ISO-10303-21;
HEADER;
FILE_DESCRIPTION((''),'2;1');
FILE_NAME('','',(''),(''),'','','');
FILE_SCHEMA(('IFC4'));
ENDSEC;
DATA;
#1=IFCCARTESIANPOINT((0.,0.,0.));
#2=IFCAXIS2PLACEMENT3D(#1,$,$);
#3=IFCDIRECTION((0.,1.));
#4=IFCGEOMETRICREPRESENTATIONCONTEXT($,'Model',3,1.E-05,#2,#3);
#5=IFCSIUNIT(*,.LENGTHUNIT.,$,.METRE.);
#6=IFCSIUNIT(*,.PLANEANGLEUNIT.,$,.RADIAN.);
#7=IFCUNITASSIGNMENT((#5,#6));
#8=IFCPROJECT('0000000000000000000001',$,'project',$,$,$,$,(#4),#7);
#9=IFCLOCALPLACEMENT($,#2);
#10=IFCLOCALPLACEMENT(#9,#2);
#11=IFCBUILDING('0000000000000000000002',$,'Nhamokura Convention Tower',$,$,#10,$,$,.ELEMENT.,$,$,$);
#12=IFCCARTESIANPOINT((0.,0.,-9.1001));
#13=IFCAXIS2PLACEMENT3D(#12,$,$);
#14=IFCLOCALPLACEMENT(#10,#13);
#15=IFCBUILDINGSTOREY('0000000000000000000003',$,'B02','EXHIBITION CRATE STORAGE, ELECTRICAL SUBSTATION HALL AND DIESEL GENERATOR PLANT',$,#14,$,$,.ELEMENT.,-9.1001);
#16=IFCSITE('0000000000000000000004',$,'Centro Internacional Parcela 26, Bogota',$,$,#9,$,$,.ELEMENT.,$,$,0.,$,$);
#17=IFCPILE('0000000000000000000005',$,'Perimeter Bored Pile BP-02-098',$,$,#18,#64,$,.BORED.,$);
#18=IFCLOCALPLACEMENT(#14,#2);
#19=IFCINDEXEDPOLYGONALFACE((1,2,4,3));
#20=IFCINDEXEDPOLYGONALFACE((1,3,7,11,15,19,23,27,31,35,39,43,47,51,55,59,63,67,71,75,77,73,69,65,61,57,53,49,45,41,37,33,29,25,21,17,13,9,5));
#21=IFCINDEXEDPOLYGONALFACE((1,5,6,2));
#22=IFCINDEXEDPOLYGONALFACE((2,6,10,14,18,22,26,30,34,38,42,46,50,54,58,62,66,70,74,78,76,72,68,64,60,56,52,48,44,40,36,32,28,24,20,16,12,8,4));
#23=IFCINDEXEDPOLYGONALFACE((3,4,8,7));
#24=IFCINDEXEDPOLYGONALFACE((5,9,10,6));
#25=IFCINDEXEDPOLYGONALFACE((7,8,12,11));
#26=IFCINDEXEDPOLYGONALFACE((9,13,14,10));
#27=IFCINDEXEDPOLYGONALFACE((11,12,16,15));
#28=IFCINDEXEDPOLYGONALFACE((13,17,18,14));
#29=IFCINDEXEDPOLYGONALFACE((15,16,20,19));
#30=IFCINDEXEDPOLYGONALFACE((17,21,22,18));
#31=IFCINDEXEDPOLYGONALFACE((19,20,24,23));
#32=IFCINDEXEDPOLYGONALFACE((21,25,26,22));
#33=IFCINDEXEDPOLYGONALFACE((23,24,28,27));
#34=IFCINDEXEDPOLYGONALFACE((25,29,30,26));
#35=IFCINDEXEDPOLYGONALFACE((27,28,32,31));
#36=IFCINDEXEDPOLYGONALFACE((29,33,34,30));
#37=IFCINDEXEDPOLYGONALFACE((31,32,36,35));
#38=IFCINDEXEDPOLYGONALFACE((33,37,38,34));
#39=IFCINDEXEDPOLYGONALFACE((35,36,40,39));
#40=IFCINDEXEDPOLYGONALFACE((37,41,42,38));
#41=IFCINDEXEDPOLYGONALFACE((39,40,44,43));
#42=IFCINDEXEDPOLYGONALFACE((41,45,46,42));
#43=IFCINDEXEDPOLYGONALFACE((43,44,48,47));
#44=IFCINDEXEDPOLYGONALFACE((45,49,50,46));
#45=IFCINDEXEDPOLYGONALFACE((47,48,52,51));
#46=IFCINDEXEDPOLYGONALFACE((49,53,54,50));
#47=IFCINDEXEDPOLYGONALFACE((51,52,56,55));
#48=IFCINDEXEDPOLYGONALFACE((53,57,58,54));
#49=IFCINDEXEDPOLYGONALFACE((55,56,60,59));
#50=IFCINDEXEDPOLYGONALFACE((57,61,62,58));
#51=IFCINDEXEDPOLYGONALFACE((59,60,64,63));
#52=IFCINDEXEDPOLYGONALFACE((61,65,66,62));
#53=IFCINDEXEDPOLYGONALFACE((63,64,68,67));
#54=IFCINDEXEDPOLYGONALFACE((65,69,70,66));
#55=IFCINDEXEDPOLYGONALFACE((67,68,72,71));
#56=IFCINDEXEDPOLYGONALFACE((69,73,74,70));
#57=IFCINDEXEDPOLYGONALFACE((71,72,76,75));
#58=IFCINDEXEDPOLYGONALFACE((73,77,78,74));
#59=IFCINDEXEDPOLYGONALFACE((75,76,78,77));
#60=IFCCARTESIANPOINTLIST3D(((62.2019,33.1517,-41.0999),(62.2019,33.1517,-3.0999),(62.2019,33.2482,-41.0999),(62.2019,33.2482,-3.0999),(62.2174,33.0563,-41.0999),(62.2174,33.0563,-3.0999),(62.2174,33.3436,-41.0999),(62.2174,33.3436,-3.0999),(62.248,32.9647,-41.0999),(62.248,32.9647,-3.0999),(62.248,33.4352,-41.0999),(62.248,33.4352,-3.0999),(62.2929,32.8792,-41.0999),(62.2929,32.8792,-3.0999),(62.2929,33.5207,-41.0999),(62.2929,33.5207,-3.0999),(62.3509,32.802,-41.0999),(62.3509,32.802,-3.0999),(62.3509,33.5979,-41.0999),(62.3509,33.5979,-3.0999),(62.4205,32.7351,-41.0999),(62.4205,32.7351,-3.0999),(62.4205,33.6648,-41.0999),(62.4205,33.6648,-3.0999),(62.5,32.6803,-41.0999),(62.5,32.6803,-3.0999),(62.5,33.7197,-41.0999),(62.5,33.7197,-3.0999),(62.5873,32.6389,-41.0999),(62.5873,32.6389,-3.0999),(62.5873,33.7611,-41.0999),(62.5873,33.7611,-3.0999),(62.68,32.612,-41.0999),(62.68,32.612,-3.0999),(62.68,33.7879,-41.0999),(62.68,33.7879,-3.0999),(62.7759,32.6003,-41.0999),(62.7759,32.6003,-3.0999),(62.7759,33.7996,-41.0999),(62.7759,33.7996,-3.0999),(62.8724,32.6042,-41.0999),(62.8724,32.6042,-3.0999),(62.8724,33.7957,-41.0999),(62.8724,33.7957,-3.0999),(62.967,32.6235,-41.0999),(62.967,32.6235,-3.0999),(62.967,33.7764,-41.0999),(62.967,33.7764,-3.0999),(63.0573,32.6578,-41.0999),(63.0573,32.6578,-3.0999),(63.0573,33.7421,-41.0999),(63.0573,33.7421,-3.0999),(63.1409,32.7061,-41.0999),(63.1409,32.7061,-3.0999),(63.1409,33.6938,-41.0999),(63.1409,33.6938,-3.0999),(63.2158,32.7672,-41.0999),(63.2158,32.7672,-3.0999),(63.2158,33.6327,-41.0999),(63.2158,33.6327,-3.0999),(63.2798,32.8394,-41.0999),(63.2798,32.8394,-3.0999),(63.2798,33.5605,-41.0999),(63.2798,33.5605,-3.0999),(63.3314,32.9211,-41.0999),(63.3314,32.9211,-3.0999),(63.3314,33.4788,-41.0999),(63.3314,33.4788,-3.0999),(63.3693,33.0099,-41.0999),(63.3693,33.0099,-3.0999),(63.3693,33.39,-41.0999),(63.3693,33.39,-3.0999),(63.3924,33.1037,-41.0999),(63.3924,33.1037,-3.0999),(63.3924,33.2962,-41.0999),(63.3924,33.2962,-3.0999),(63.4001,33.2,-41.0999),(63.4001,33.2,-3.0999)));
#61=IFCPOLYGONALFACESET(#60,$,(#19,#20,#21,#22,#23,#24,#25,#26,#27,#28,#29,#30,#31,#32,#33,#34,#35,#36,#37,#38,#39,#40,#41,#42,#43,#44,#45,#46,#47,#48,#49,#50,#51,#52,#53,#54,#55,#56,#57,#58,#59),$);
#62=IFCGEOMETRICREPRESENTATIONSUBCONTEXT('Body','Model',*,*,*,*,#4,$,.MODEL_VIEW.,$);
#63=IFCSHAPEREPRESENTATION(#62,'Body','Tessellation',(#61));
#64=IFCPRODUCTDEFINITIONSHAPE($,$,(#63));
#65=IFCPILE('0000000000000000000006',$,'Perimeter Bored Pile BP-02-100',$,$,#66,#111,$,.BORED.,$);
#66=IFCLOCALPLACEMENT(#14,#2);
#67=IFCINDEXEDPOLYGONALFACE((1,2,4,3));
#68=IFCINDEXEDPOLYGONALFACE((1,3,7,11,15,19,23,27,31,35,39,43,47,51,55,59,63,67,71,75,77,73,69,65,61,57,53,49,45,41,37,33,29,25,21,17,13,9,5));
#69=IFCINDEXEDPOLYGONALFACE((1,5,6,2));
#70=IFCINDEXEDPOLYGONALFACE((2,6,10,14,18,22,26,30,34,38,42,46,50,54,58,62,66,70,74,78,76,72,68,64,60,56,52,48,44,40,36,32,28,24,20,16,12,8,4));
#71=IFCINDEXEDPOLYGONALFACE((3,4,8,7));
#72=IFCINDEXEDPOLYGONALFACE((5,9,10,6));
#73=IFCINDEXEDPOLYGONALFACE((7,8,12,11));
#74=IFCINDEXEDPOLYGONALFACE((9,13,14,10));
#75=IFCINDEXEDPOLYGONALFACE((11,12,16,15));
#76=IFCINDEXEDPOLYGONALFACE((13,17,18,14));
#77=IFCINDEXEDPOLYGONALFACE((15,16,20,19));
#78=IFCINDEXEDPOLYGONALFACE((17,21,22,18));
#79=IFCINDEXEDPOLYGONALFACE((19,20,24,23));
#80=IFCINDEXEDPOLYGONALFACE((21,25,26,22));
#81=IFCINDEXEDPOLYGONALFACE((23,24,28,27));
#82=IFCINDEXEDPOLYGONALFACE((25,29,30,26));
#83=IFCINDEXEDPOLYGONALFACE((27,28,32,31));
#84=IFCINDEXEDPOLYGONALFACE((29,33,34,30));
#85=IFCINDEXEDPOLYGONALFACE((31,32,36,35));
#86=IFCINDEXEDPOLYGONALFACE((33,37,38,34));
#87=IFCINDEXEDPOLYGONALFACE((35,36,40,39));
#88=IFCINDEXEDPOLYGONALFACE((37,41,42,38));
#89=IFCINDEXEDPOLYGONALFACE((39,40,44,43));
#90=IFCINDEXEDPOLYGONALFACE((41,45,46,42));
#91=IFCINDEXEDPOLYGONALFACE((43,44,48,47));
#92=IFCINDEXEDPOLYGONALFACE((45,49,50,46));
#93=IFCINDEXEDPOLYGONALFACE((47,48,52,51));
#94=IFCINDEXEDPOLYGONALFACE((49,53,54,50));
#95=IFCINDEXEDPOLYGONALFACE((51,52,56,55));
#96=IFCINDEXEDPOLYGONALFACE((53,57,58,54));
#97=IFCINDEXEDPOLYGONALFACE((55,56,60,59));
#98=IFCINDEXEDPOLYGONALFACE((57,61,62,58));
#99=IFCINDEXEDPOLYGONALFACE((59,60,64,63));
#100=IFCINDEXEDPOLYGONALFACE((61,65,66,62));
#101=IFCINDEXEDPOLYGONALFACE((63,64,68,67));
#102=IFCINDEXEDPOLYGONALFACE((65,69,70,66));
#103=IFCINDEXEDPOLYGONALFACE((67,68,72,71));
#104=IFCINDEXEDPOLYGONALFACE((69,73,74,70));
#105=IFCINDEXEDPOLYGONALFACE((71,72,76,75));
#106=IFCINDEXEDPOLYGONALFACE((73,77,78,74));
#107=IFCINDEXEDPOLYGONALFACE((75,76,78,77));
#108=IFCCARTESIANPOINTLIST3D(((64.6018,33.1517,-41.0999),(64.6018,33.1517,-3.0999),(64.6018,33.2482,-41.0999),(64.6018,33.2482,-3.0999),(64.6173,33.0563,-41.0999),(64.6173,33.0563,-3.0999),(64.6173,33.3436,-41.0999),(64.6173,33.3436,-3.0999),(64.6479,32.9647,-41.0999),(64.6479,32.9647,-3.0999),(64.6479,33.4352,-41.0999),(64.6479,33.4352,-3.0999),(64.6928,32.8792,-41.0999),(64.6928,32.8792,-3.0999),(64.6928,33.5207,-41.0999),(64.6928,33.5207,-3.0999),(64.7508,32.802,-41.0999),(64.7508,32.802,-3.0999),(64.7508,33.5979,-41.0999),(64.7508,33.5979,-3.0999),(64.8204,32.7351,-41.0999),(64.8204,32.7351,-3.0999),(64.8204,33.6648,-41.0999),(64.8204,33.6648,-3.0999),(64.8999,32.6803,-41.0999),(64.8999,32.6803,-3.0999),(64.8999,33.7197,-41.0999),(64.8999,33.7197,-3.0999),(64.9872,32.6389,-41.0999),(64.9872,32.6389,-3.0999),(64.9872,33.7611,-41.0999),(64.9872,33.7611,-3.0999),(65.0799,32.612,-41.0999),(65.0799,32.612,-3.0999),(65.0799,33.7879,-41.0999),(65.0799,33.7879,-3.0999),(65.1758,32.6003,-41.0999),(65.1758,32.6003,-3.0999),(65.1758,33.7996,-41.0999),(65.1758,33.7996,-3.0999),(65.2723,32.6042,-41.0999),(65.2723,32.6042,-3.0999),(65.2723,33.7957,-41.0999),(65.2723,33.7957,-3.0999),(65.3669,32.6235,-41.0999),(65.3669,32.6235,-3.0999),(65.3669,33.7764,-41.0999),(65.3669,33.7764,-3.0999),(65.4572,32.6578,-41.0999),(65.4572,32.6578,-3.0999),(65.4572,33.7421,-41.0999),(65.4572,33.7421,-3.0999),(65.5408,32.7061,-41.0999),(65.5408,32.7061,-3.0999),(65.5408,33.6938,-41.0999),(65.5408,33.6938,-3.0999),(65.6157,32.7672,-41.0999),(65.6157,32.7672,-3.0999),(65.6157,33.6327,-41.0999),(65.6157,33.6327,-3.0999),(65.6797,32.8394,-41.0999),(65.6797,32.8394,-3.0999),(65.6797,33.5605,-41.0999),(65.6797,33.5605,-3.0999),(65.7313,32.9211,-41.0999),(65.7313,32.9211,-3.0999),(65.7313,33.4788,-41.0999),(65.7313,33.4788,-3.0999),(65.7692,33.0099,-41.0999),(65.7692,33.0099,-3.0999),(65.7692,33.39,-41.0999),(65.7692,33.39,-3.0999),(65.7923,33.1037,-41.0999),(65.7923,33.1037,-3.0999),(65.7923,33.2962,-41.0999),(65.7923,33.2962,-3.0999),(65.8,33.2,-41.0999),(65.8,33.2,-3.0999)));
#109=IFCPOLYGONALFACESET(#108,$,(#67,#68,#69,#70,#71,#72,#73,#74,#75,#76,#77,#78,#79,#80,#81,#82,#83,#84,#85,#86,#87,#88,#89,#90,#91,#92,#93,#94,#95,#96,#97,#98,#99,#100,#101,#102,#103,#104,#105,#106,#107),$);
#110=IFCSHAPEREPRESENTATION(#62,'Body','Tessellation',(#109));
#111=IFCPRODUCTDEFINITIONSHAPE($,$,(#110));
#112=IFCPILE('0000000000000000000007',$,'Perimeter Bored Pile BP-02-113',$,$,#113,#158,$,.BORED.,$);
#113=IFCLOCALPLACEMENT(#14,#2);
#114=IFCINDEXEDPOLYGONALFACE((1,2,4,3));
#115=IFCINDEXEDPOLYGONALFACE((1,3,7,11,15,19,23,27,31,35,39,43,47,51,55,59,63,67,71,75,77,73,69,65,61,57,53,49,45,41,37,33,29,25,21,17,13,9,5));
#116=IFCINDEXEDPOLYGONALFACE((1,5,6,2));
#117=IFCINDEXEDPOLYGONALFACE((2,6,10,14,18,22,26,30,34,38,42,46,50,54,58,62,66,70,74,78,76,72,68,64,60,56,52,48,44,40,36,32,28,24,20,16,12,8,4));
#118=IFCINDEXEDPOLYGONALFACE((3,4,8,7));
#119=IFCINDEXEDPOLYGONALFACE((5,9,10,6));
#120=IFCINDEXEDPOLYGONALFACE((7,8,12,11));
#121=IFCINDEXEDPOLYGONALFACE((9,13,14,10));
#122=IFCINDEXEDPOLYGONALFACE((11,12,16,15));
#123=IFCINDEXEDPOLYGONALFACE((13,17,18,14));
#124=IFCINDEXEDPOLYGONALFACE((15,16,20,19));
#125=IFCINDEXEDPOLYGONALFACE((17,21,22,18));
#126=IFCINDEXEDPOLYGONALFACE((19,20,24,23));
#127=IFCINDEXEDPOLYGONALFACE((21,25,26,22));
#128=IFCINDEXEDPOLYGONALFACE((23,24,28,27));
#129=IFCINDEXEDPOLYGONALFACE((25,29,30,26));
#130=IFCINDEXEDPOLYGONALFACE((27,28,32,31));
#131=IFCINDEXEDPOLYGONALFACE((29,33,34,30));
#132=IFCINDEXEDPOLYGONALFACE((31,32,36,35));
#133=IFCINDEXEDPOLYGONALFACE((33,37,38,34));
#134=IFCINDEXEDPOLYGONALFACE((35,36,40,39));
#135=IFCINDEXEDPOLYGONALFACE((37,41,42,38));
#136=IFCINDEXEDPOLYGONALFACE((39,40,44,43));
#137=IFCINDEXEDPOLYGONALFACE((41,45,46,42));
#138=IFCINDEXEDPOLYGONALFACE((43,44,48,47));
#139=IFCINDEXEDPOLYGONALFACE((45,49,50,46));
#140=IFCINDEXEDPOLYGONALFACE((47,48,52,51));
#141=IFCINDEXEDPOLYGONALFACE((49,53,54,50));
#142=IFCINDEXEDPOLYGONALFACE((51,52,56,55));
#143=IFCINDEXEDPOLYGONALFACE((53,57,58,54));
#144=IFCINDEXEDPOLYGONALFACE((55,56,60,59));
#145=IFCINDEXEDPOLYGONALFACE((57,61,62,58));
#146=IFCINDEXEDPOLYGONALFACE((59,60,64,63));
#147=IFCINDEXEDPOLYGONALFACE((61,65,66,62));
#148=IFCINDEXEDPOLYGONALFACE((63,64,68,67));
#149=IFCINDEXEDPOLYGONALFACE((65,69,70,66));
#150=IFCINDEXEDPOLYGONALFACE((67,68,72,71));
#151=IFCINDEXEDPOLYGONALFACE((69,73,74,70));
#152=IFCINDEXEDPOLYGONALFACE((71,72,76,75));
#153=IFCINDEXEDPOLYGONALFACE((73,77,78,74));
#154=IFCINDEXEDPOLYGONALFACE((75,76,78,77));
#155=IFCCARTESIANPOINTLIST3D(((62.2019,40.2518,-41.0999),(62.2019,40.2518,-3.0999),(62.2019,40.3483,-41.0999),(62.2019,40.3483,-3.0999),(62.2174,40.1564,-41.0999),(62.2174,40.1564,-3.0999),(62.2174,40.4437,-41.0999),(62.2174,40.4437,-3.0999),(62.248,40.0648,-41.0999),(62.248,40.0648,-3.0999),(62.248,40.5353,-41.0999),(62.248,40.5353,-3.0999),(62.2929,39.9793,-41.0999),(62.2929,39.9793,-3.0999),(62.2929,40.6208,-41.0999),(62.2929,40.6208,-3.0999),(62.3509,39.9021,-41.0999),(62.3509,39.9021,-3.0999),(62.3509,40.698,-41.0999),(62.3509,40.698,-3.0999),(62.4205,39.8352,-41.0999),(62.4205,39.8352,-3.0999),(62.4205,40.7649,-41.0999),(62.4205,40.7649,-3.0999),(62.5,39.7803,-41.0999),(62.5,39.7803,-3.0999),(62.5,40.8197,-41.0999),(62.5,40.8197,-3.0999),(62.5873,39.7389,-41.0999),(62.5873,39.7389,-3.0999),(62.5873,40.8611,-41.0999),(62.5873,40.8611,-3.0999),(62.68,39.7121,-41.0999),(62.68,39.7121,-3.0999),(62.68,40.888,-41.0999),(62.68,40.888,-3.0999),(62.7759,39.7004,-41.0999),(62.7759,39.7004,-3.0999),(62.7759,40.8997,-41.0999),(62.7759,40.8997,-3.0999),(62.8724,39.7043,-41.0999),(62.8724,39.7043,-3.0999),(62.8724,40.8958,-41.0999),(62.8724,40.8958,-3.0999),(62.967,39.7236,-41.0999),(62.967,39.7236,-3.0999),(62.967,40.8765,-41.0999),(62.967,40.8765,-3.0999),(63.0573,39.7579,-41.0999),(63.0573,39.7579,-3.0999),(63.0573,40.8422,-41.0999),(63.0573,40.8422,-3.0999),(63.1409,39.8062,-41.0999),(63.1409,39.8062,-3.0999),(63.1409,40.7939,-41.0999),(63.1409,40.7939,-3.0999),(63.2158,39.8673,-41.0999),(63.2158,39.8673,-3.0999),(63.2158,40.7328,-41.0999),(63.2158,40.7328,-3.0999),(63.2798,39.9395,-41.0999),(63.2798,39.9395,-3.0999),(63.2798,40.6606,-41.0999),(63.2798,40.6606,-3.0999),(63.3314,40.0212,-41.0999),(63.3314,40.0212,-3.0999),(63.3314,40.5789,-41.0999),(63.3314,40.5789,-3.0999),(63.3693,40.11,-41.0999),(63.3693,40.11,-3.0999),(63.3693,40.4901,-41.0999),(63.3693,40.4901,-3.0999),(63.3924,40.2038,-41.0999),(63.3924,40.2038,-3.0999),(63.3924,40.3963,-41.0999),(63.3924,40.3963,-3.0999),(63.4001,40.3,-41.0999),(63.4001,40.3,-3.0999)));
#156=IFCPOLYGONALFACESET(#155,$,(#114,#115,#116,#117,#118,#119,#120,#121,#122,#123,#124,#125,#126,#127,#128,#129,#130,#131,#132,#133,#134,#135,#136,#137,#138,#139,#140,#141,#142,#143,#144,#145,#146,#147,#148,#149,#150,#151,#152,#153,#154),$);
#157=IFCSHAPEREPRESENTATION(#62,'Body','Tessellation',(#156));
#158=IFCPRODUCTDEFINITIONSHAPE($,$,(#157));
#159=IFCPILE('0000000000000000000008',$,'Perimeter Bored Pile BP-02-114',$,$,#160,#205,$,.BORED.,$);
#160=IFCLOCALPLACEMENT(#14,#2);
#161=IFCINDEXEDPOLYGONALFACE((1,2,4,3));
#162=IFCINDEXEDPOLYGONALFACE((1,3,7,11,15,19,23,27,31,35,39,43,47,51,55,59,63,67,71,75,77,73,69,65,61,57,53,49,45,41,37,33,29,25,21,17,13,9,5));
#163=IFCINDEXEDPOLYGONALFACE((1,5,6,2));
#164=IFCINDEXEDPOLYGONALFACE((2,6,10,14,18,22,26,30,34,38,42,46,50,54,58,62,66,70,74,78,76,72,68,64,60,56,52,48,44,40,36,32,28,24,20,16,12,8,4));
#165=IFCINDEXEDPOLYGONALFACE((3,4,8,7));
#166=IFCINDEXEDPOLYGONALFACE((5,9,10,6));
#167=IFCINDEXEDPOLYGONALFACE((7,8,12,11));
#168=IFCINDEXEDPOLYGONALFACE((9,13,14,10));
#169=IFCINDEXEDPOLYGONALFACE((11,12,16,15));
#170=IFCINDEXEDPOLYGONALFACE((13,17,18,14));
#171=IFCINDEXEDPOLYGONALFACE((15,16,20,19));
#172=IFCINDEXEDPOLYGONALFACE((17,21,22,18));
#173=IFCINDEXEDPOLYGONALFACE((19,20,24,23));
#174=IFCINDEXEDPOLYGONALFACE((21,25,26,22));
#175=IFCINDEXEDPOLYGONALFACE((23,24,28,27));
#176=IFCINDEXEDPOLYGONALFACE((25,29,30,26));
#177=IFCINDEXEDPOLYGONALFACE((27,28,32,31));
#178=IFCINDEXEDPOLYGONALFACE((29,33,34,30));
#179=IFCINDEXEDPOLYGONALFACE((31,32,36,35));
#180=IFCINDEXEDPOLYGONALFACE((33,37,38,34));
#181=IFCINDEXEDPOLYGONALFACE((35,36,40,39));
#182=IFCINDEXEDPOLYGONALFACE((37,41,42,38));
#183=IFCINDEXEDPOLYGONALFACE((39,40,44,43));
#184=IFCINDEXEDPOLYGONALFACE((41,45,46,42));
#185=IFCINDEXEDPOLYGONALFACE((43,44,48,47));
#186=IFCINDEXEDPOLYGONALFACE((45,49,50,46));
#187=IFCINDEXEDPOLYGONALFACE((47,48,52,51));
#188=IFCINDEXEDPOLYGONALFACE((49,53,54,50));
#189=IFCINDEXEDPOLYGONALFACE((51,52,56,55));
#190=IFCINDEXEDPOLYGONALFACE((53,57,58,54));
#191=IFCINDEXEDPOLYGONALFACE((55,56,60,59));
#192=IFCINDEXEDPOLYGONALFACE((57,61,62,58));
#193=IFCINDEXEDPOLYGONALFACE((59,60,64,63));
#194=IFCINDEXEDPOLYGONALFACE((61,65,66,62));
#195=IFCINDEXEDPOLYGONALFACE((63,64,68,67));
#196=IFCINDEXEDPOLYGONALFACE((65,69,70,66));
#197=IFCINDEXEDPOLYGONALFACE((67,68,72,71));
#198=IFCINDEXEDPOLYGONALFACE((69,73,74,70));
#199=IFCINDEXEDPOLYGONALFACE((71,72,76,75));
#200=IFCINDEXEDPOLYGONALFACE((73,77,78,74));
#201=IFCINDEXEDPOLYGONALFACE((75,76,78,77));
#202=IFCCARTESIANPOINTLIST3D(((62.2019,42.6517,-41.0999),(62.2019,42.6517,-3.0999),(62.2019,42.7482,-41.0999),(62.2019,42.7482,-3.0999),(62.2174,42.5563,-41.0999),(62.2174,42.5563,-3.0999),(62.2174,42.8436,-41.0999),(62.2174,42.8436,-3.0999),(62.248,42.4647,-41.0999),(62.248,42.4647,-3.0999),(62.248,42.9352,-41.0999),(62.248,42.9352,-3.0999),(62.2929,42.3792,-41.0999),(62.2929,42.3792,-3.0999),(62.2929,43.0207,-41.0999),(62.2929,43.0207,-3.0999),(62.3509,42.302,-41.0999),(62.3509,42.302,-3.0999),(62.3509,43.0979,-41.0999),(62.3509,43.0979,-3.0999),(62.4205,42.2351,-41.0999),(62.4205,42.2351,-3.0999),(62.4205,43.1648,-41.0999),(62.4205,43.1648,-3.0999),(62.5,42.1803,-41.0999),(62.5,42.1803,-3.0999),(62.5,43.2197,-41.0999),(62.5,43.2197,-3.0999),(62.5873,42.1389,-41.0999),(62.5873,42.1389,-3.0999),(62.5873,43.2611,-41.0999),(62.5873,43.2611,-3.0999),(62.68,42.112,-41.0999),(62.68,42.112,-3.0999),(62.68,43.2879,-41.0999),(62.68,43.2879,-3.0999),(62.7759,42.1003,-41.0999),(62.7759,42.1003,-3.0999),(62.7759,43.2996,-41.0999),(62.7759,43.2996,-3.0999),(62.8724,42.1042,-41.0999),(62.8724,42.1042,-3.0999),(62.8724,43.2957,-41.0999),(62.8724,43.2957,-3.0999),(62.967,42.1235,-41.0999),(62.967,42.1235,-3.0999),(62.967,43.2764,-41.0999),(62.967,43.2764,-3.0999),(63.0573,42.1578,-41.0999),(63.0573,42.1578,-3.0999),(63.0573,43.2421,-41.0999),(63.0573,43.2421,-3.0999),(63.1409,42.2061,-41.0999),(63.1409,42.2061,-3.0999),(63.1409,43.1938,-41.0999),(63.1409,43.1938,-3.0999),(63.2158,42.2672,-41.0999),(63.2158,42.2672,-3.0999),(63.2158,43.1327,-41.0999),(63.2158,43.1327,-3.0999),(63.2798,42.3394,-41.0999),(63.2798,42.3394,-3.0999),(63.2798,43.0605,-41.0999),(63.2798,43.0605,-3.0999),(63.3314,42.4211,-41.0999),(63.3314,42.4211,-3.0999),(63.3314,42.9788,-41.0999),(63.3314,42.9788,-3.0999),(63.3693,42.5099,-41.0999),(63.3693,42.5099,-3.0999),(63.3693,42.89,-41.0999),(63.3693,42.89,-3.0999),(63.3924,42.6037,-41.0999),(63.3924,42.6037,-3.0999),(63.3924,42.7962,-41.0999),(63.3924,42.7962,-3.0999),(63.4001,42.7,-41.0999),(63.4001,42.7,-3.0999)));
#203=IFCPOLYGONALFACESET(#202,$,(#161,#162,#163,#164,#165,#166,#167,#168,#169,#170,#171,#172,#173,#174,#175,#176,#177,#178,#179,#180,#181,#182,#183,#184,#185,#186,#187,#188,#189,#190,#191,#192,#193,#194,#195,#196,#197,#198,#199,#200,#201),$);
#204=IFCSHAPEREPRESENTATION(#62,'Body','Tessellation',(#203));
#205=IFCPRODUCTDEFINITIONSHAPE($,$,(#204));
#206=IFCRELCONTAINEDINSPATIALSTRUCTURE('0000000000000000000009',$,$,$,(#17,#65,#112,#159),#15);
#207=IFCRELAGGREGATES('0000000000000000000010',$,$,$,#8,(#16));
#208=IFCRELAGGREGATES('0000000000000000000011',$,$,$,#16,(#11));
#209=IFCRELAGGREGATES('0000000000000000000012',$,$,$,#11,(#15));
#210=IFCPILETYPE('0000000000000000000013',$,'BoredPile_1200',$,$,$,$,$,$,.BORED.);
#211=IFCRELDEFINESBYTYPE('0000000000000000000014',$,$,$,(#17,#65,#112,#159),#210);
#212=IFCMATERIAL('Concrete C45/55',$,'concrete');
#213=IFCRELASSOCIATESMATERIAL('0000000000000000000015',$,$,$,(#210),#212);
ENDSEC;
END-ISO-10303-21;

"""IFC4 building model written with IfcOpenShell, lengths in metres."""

from ifc_helpers import new_model, si_unit, direction, frame, origin, origin_2d, place, context, subcontext, project, spatial, circle, extrude, material, material_profile, profile_set, type_object, element, save


model = new_model("IFC4")

# Units and contexts
model_context = context("Model", 3, precision=1e-05, world=origin(), true_north=direction((0.0, 1.0)))
body_context = subcontext(model_context, "Body", "Model", "MODEL_VIEW")
ifc_project = project(units=[si_unit("LENGTHUNIT", "METRE"), si_unit("PLANEANGLEUNIT", "RADIAN")], contexts=[model_context])

# Site, building, storey
site_placement = place(None, origin())
site = spatial("IfcSite", under=ifc_project, at=site_placement, Name="Centro Internacional Parcela 26, Bogota", CompositionType="ELEMENT", RefElevation=0.0)
building_placement = place(site_placement, origin())
building = spatial("IfcBuilding", under=site, at=building_placement, Name="Nhamokura Convention Tower", CompositionType="ELEMENT")
storey_placement = place(building_placement, frame((0.0, 0.0, -9.1001)))
storey = spatial("IfcBuildingStorey", under=building, at=storey_placement, Name="B02", Description="EXHIBITION CRATE STORAGE, ELECTRICAL SUBSTATION HALL AND DIESEL GENERATOR PLANT", CompositionType="ELEMENT", Elevation=-9.1001)

# Piles
ifc_material_1 = material(Name="Concrete C45/55", Category="concrete")
ifc_material_profile_1 = material_profile(ifc_material_1, circle(Radius=0.6001, at=origin_2d()))
ifc_profile_set_1 = profile_set([ifc_material_profile_1], Name="Concrete C45/55")
pile_type = type_object("IfcPileType", Name="BoredPile_1200", PredefinedType="BORED", material=ifc_profile_set_1)
for number, where, z_axis, x_axis, name in (
    (1, (62.8, 33.2, -3.0999), (0.0, 0.0, -1.0), (1.0, 0.0, 0.0), "Perimeter Bored Pile BP-02-098"),
    (2, (65.2, 33.2, -3.0999), (0.0, 0.0, -1.0), (1.0, 0.0, 0.0), "Perimeter Bored Pile BP-02-100"),
    (3, (62.8, 40.3, -3.0999), (0.0, 0.0, -1.0), (1.0, 0.0, 0.0), "Perimeter Bored Pile BP-02-113"),
    (4, (62.8, 42.7, -3.0999), (0.0, 0.0, -1.0), (1.0, 0.0, 0.0), "Perimeter Bored Pile BP-02-114"),
):
    element("IfcPile", number, at=place(storey_placement, frame(where, z_axis=z_axis, x_axis=x_axis)), inside=storey, type_object=pile_type, Name=name, PredefinedType="BORED", context=body_context, shape_type="SweptSolid", body=[
        extrude(circle(Radius=0.6001, at=origin_2d()), origin(), (0.0, 0.0, 1.0), 38.0),
    ])

save(model, "model.ifc")
